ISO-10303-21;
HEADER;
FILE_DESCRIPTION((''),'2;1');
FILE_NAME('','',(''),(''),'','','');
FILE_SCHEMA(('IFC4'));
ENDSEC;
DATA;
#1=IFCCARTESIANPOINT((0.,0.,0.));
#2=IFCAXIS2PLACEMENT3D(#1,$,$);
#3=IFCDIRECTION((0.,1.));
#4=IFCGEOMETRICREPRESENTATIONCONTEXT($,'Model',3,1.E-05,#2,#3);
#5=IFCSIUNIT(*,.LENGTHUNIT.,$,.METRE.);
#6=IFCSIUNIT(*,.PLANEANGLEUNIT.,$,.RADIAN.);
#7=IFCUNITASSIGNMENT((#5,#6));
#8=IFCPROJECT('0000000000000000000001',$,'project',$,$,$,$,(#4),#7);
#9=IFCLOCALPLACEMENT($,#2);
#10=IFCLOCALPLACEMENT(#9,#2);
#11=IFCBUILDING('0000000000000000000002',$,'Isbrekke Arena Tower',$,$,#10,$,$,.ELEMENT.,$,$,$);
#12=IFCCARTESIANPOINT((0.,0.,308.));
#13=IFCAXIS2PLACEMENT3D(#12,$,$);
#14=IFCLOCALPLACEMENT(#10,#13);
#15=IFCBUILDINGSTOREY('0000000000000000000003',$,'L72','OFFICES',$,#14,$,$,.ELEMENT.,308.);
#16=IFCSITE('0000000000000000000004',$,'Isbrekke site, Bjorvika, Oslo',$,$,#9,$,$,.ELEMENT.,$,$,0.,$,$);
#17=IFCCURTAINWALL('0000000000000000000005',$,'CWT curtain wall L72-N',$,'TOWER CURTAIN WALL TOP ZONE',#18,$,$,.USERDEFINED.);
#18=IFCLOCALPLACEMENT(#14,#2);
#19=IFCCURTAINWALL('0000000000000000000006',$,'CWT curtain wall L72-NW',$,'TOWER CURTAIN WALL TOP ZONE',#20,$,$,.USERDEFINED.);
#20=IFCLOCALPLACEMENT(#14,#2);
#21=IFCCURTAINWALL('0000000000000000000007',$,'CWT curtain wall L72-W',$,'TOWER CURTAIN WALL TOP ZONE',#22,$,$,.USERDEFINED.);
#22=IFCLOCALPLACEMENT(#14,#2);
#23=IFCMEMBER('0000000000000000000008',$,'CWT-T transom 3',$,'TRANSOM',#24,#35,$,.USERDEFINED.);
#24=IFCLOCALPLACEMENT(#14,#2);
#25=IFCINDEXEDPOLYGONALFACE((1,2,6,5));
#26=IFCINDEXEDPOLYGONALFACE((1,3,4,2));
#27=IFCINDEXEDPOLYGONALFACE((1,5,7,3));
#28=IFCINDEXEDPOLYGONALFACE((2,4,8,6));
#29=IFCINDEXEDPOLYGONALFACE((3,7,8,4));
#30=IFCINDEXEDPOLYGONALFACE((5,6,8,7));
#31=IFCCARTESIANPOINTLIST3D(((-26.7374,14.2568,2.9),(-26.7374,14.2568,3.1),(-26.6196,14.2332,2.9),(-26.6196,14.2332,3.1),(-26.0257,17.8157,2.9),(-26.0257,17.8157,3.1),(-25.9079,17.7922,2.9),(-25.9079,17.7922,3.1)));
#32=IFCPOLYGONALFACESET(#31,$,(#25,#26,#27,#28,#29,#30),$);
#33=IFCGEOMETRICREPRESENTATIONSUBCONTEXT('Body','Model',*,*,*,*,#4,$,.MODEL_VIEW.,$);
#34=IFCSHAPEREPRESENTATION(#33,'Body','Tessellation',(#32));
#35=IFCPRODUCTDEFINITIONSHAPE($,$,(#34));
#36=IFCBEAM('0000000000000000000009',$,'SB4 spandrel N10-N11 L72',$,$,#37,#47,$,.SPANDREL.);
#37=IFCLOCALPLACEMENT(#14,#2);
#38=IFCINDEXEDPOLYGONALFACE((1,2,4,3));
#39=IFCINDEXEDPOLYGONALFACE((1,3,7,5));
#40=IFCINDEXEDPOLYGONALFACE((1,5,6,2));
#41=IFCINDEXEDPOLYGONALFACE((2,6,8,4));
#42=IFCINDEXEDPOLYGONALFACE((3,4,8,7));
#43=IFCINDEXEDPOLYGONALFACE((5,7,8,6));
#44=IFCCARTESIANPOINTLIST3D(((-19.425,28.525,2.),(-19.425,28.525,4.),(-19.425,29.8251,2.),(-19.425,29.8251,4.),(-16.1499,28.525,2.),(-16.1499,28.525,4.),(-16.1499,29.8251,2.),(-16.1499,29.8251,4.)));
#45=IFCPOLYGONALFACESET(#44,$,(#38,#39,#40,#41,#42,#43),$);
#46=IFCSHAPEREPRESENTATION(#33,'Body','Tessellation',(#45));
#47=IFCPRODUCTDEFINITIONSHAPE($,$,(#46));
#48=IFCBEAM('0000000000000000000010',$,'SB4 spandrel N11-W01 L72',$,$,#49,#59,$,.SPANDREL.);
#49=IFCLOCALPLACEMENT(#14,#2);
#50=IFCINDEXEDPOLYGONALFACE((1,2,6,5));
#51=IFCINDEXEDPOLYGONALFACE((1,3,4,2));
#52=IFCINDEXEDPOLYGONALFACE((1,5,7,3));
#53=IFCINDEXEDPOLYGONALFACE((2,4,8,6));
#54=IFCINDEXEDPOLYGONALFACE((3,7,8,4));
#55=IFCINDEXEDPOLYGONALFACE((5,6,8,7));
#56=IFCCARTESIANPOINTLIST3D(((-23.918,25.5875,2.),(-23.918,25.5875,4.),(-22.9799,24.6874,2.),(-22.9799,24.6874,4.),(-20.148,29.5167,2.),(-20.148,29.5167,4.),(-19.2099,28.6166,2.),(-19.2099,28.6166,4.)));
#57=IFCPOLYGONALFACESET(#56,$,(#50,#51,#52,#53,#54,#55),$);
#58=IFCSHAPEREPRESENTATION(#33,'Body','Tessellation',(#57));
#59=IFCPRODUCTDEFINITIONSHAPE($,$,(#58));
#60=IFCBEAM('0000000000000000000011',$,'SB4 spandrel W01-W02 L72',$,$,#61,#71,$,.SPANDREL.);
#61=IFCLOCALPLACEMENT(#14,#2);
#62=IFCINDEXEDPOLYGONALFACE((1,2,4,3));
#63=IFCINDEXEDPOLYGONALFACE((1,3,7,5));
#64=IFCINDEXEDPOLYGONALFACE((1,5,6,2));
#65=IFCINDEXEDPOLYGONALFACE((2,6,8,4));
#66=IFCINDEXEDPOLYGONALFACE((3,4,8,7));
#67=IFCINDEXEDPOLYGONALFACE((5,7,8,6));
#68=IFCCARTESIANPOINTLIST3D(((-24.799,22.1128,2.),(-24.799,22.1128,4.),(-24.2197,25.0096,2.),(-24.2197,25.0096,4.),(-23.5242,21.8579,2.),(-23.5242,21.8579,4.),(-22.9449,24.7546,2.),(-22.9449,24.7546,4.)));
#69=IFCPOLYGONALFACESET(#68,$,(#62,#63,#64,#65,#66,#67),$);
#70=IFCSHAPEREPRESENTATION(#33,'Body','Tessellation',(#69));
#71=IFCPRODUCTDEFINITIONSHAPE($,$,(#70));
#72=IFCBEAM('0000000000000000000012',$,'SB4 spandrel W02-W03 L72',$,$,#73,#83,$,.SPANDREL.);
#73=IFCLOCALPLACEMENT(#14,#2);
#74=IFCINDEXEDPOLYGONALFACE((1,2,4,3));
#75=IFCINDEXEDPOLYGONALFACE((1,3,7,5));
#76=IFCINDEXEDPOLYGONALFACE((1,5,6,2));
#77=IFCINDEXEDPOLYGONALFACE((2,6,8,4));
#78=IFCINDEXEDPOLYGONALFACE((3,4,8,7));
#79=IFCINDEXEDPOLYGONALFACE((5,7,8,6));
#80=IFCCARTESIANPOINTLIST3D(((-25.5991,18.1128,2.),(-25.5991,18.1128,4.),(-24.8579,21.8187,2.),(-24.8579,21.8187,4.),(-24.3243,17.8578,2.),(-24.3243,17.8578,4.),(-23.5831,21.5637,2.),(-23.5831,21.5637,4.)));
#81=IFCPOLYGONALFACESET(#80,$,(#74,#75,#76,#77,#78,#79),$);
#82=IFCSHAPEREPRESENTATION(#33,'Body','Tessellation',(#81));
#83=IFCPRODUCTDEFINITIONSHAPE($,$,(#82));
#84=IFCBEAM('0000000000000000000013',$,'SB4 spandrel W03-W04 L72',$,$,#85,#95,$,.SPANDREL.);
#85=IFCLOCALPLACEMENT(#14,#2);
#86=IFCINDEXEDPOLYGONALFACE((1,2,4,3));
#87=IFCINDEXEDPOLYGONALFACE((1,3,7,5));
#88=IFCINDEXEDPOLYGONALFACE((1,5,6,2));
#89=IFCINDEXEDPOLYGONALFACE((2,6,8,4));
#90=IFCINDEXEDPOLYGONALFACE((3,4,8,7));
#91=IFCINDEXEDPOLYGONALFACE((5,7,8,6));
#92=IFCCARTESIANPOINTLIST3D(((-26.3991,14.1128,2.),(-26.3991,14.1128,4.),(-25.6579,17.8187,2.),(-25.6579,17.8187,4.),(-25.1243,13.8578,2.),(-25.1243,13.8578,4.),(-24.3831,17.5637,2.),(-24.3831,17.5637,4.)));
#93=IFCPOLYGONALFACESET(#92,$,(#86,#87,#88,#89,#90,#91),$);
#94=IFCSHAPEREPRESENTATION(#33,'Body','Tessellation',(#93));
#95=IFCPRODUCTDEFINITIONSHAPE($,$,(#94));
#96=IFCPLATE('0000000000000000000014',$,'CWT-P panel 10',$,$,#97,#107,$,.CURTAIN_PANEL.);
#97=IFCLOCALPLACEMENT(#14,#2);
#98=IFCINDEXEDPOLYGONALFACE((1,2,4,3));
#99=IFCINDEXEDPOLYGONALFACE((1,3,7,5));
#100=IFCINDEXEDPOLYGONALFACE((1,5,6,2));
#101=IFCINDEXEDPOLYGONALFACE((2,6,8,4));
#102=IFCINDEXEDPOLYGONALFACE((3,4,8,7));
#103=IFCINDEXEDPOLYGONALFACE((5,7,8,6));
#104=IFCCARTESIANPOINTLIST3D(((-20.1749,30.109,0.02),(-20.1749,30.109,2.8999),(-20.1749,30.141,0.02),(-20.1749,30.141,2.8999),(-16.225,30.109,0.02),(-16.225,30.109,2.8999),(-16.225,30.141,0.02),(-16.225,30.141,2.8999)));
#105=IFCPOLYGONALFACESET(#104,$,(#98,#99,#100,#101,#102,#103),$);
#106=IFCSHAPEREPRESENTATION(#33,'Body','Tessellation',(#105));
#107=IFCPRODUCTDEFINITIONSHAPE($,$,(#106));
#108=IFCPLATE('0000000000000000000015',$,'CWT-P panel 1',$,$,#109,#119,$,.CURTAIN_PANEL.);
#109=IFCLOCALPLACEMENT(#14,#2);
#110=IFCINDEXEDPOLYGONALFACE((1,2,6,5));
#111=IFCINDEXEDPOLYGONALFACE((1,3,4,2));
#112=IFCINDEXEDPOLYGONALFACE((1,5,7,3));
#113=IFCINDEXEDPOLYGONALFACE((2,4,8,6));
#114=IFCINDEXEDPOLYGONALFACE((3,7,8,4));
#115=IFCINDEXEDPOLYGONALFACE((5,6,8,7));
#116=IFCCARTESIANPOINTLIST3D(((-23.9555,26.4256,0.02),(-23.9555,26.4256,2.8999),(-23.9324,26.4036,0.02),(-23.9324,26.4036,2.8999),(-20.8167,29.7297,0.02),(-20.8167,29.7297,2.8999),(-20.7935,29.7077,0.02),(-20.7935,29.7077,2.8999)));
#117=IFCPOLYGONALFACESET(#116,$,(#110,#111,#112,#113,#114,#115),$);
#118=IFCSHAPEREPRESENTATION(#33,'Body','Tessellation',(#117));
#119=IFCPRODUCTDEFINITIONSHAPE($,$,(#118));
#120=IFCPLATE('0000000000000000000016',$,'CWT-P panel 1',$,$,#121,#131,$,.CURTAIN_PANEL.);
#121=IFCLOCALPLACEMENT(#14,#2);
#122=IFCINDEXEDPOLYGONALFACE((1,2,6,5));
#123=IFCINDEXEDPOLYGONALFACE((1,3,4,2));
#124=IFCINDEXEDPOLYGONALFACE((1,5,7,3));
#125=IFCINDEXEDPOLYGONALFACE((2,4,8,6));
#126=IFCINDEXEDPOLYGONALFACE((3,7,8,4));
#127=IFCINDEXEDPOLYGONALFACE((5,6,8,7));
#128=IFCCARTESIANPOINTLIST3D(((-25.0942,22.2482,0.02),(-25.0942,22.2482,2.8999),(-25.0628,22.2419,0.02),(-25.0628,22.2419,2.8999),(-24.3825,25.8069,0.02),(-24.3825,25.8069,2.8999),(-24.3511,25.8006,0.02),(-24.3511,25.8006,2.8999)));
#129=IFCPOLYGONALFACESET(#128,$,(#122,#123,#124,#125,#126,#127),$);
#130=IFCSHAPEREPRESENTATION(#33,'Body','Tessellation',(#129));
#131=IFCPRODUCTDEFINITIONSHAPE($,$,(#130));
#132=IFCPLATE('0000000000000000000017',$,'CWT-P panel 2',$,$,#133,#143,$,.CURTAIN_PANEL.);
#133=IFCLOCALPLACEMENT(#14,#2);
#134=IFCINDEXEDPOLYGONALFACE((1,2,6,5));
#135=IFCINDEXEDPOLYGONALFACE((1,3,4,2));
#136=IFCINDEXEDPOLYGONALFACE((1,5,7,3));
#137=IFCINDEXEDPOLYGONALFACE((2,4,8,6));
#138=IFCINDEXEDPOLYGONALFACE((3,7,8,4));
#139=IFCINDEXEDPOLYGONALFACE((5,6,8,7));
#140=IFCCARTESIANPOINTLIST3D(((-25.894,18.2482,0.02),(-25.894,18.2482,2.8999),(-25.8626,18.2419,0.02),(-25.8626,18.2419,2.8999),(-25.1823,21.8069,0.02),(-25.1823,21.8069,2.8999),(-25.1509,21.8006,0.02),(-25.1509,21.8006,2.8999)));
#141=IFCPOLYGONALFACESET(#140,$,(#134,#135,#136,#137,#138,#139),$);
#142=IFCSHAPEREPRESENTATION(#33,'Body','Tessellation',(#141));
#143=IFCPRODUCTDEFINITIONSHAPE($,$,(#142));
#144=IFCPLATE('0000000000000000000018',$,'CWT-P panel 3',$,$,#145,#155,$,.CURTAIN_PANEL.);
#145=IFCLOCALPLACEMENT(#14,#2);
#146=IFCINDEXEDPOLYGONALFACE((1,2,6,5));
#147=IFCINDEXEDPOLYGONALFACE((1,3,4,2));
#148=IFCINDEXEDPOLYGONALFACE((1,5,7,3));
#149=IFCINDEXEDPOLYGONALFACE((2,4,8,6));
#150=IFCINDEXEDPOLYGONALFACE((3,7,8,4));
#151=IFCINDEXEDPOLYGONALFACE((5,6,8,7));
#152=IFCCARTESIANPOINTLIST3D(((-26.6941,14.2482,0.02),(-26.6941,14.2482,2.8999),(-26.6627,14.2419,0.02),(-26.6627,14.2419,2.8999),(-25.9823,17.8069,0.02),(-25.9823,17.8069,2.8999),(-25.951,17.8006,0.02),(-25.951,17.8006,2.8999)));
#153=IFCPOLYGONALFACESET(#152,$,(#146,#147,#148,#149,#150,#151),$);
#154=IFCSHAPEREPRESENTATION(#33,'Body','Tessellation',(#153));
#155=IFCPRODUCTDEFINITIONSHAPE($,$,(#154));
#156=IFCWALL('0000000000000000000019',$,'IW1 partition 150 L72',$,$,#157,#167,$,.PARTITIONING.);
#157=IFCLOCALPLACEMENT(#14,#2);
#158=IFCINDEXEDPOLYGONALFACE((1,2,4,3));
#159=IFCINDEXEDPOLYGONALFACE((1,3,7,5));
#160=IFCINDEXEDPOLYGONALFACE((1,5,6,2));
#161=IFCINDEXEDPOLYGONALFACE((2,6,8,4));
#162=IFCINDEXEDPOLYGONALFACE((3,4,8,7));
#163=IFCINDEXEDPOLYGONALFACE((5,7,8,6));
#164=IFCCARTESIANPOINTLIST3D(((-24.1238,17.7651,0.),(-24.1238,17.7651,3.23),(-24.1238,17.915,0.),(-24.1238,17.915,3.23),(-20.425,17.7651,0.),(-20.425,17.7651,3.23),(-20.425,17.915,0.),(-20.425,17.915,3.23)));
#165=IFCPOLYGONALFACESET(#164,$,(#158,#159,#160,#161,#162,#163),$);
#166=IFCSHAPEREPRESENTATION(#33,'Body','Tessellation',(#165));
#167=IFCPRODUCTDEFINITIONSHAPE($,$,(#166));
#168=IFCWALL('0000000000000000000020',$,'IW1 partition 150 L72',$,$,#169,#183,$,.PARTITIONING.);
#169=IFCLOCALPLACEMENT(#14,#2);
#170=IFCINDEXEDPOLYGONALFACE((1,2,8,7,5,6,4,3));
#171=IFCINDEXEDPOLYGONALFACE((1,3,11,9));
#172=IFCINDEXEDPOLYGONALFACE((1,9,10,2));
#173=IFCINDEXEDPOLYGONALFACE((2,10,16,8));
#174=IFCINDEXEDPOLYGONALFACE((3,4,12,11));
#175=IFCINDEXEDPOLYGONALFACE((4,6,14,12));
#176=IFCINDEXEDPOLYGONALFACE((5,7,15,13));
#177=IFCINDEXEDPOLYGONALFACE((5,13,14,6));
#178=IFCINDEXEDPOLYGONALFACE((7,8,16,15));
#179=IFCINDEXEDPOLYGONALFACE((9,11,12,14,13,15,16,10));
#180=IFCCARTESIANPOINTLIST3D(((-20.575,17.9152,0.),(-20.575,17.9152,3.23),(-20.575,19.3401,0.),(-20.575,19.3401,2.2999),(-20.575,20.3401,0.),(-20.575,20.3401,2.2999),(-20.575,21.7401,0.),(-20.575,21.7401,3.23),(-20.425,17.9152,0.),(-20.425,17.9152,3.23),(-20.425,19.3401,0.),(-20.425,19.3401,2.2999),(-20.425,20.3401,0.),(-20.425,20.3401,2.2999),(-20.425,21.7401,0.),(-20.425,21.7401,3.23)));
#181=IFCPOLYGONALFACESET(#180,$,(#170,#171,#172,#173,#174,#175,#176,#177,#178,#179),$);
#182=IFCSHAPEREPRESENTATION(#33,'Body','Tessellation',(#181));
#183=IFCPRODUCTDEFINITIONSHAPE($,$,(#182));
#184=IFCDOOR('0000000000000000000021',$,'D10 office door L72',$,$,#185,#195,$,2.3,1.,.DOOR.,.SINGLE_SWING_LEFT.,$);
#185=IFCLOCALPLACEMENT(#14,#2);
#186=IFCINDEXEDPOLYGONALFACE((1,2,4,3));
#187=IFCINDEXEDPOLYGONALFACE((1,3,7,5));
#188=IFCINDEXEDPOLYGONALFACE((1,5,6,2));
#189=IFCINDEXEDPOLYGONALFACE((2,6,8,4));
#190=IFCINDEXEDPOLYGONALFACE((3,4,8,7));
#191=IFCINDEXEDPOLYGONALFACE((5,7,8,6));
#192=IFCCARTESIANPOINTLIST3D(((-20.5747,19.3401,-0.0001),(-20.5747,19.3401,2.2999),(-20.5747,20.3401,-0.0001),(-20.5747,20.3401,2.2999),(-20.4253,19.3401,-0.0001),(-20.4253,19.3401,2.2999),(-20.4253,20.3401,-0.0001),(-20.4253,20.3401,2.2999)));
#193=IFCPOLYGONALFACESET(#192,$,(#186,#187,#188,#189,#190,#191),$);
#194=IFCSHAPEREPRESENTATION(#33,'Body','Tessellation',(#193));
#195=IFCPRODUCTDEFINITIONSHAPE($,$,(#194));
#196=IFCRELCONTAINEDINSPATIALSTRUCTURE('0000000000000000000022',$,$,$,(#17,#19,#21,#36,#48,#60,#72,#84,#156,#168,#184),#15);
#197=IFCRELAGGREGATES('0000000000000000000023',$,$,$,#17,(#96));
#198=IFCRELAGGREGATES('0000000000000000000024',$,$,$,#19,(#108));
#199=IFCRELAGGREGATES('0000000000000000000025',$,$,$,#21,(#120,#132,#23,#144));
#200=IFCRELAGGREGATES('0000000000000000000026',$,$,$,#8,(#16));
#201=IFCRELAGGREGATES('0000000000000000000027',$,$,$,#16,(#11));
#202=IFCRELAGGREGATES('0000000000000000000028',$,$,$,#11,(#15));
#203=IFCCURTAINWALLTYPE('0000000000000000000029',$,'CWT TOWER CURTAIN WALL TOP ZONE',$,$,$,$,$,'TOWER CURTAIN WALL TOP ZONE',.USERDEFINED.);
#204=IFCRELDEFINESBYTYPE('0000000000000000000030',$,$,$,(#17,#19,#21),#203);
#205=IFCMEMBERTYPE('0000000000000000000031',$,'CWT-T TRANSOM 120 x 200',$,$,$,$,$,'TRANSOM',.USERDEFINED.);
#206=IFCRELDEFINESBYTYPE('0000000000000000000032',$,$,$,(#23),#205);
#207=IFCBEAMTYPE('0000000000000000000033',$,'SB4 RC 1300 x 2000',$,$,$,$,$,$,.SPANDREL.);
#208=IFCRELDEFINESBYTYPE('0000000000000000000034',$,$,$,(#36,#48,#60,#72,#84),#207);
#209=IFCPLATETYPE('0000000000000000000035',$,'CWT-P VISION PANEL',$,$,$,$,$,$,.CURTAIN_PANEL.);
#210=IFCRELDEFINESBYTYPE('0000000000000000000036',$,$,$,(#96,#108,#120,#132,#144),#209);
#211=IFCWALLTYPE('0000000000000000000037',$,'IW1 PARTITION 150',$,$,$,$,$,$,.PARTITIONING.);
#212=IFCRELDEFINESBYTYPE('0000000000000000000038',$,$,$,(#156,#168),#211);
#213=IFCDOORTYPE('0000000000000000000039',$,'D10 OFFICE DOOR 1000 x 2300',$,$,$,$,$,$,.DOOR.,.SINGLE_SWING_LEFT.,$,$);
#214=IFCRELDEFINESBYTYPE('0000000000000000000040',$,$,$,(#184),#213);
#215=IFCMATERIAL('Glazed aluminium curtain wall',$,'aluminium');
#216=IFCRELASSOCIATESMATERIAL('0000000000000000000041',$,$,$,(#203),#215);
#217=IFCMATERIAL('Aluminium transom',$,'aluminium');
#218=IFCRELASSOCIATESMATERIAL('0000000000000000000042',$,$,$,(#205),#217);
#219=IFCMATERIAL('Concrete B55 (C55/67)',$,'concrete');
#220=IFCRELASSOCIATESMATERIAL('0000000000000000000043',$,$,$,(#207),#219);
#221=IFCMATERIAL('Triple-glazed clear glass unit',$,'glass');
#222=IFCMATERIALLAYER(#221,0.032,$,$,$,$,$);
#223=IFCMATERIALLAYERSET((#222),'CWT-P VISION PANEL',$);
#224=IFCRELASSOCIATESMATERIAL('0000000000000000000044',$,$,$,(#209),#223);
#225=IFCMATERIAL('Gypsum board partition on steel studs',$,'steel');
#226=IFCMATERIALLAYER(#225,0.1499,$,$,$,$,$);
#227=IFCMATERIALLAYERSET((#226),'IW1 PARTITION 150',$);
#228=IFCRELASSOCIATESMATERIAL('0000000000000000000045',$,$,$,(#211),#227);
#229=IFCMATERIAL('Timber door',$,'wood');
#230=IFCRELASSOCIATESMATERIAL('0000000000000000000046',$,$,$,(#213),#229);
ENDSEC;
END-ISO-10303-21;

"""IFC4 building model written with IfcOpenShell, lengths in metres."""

from ifc_helpers import new_model, si_unit, direction, frame, frame_2d, origin, origin_2d, place, context, subcontext, project, spatial, rectangle, extrude, material, layer, layer_set, material_profile, profile_set, type_object, element, fill, aggregate, save


model = new_model("IFC4")

# Units and contexts
model_context = context("Model", 3, precision=1e-05, world=origin(), true_north=direction((0.0, 1.0)))
body_context = subcontext(model_context, "Body", "Model", "MODEL_VIEW")
ifc_project = project(units=[si_unit("LENGTHUNIT", "METRE"), si_unit("PLANEANGLEUNIT", "RADIAN")], contexts=[model_context])

# Site, building, storey
site_placement = place(None, origin())
site = spatial("IfcSite", under=ifc_project, at=site_placement, Name="Isbrekke site, Bjorvika, Oslo", CompositionType="ELEMENT", RefElevation=0.0)
building_placement = place(site_placement, origin())
building = spatial("IfcBuilding", under=site, at=building_placement, Name="Isbrekke Arena Tower", CompositionType="ELEMENT")
storey_placement = place(building_placement, frame((0.0, 0.0, 308.0)))
storey = spatial("IfcBuildingStorey", under=building, at=storey_placement, Name="L72", Description="OFFICES", CompositionType="ELEMENT", Elevation=308.0)

# Curtain wall
ifc_material_1 = material(Name="Glazed aluminium curtain wall", Category="aluminium")
curtain_wall_type = type_object("IfcCurtainWallType", Name="CWT TOWER CURTAIN WALL TOP ZONE", ElementType="TOWER CURTAIN WALL TOP ZONE", PredefinedType="USERDEFINED", material=ifc_material_1)
curtain_wall_1_placement = place(storey_placement, origin())
curtain_wall_1 = element("IfcCurtainWall", 1, at=curtain_wall_1_placement, inside=storey, type_object=curtain_wall_type, Name="CWT curtain wall L72-N", ObjectType="TOWER CURTAIN WALL TOP ZONE", PredefinedType="USERDEFINED")

# Curtain walls
curtain_wall_2_placement = place(storey_placement, origin())
curtain_wall_2 = element("IfcCurtainWall", 2, at=curtain_wall_2_placement, inside=storey, type_object=curtain_wall_type, Name="CWT curtain wall L72-NW", ObjectType="TOWER CURTAIN WALL TOP ZONE", PredefinedType="USERDEFINED")
curtain_wall_3_placement = place(storey_placement, origin())
curtain_wall_3 = element("IfcCurtainWall", 3, at=curtain_wall_3_placement, inside=storey, type_object=curtain_wall_type, Name="CWT curtain wall L72-W", ObjectType="TOWER CURTAIN WALL TOP ZONE", PredefinedType="USERDEFINED")

# Member
ifc_material_2 = material(Name="Aluminium transom", Category="aluminium")
ifc_material_profile_1 = material_profile(ifc_material_2, rectangle(XDim=0.1201, YDim=0.2, at=origin_2d()), Name="TRANSOM 120X200")
ifc_profile_set_1 = profile_set([ifc_material_profile_1], Name="Aluminium transom")
member_type_1 = type_object("IfcMemberType", Name="CWT-T TRANSOM 120 x 200", ElementType="TRANSOM", PredefinedType="USERDEFINED", material=ifc_profile_set_1)
member_1_placement = place(storey_placement, frame((-25.9668, 17.804, 3.0), z_axis=(-0.19609, -0.980586, 0.0), x_axis=(0.980586, -0.19609, 0.0)))
member_1 = element("IfcMember", 4, at=member_1_placement, type_object=member_type_1, Name="CWT-T transom 3", ObjectType="TRANSOM", PredefinedType="USERDEFINED", context=body_context, shape_type="SweptSolid", body=[
    extrude(rectangle(XDim=0.1201, YDim=0.2, at=origin_2d()), origin(), (0.0, 0.0, 1.0), 3.6294),
])

# Beams
ifc_material_3 = material(Name="Concrete B55 (C55/67)", Category="concrete")
ifc_material_profile_2 = material_profile(ifc_material_3, rectangle(XDim=1.3, YDim=2.0, at=origin_2d()), Name="RC 1300x2000")
ifc_profile_set_2 = profile_set([ifc_material_profile_2], Name="Concrete B55 (C55/67)")
beam_type_1 = type_object("IfcBeamType", Name="SB4 RC 1300 x 2000", PredefinedType="SPANDREL", material=ifc_profile_set_2)
beam_1_placement = place(storey_placement, frame((-16.1499, 29.175, 3.0), z_axis=(-1.0, 0.0, 0.0), x_axis=(0.0, -1.0, 0.0)))
element("IfcBeam", 5, at=beam_1_placement, inside=storey, type_object=beam_type_1, Name="SB4 spandrel N10-N11 L72", PredefinedType="SPANDREL", context=body_context, shape_type="SweptSolid", body=[
    extrude(rectangle(XDim=1.3, YDim=2.0, at=origin_2d()), origin(), (0.0, 0.0, 1.0), 3.2751),
])
beam_2_placement = place(storey_placement, frame((-19.679, 29.0667, 3.0), z_axis=(-0.69234, -0.721572, 0.0), x_axis=(0.721572, -0.69234, 0.0)))
element("IfcBeam", 6, at=beam_2_placement, inside=storey, type_object=beam_type_1, Name="SB4 spandrel N11-W01 L72", PredefinedType="SPANDREL", context=body_context, shape_type="SweptSolid", body=[
    extrude(rectangle(XDim=1.3, YDim=2.0, at=origin_2d()), origin(), (0.0, 0.0, 1.0), 5.4453),
])
beam_3_placement = place(storey_placement, frame((-23.5823, 24.8821, 3.0), z_axis=(-0.196116, -0.980581, 0.0), x_axis=(0.980581, -0.196116, 0.0)))
element("IfcBeam", 7, at=beam_3_placement, inside=storey, type_object=beam_type_1, Name="SB4 spandrel W01-W02 L72", PredefinedType="SPANDREL", context=body_context, shape_type="SweptSolid", body=[
    extrude(rectangle(XDim=1.3, YDim=2.0, at=origin_2d()), origin(), (0.0, 0.0, 1.0), 2.9541),
])
for number, where, z_axis, x_axis, name in (
    (8, (-24.2205, 21.6912, 3.0), (-0.196129, -0.980578, 0.0), (0.980578, -0.196129, 0.0), "SB4 spandrel W02-W03 L72"),
    (9, (-25.0205, 17.6912, 3.0), (-0.196129, -0.980578, 0.0), (0.980578, -0.196129, 0.0), "SB4 spandrel W03-W04 L72"),
):
    element("IfcBeam", number, at=place(storey_placement, frame(where, z_axis=z_axis, x_axis=x_axis)), inside=storey, type_object=beam_type_1, Name=name, PredefinedType="SPANDREL", context=body_context, shape_type="SweptSolid", body=[
        extrude(rectangle(XDim=1.3, YDim=2.0, at=origin_2d()), origin(), (0.0, 0.0, 1.0), 3.7793),
    ])

# Plates
ifc_material_4 = material(Name="Triple-glazed clear glass unit", Category="glass")
ifc_layer_1 = layer(ifc_material_4, 0.032)
ifc_layer_set_1 = layer_set([ifc_layer_1], Name="CWT-P VISION PANEL")
plate_type = type_object("IfcPlateType", Name="CWT-P VISION PANEL", PredefinedType="CURTAIN_PANEL", material=ifc_layer_set_1)
plate_1_placement = place(storey_placement, frame((-18.2, 30.125, 0.02), z_axis=(0.0, 0.0, 1.0), x_axis=(-1.0, 0.0, 0.0)))
plate_1 = element("IfcPlate", 10, at=plate_1_placement, type_object=plate_type, Name="CWT-P panel 10", PredefinedType="CURTAIN_PANEL", context=body_context, shape_type="SweptSolid", body=[
    extrude(rectangle(XDim=3.95, YDim=0.032, at=origin_2d()), origin(), (0.0, 0.0, 1.0), 2.8799),
])
aggregate(curtain_wall_1, [plate_1])
plate_2_placement = place(storey_placement, frame((-22.3745, 28.0667, 0.02), z_axis=(0.0, 0.0, 1.0), x_axis=(-0.688749, -0.724999, 0.0)))
plate_2 = element("IfcPlate", 11, at=plate_2_placement, type_object=plate_type, Name="CWT-P panel 1", PredefinedType="CURTAIN_PANEL", context=body_context, shape_type="SweptSolid", body=[
    extrude(rectangle(XDim=4.5574, YDim=0.032, at=origin_2d()), origin(), (0.0, 0.0, 1.0), 2.8799),
])
aggregate(curtain_wall_2, [plate_2])
plate_3_placement = place(storey_placement, frame((-24.7227, 24.0244, 0.02), z_axis=(0.0, 0.0, 1.0), x_axis=(-0.196116, -0.980581, 0.0)))
plate_3 = element("IfcPlate", 12, at=plate_3_placement, type_object=plate_type, Name="CWT-P panel 1", PredefinedType="CURTAIN_PANEL", context=body_context, shape_type="SweptSolid", body=[
    extrude(rectangle(XDim=3.6292, YDim=0.032, at=origin_2d()), origin(), (0.0, 0.0, 1.0), 2.8799),
])
plate_4_placement = place(storey_placement, frame((-25.5225, 20.0244, 0.02), z_axis=(0.0, 0.0, 1.0), x_axis=(-0.196116, -0.980581, 0.0)))
plate_4 = element("IfcPlate", 13, at=plate_4_placement, type_object=plate_type, Name="CWT-P panel 2", PredefinedType="CURTAIN_PANEL", context=body_context, shape_type="SweptSolid", body=[
    extrude(rectangle(XDim=3.6292, YDim=0.032, at=origin_2d()), origin(), (0.0, 0.0, 1.0), 2.8799),
])
plate_5_placement = place(storey_placement, frame((-26.3225, 16.0244, 0.02), z_axis=(0.0, 0.0, 1.0), x_axis=(-0.196116, -0.980581, 0.0)))
plate_5 = element("IfcPlate", 14, at=plate_5_placement, type_object=plate_type, Name="CWT-P panel 3", PredefinedType="CURTAIN_PANEL", context=body_context, shape_type="SweptSolid", body=[
    extrude(rectangle(XDim=3.6292, YDim=0.032, at=origin_2d()), origin(), (0.0, 0.0, 1.0), 2.8799),
])
aggregate(curtain_wall_3, [plate_3, plate_4, member_1, plate_5])

# Wall
ifc_material_5 = material(Name="Gypsum board partition on steel studs", Category="steel")
ifc_layer_2 = layer(ifc_material_5, 0.1499)
ifc_layer_set_2 = layer_set([ifc_layer_2], Name="IW1 PARTITION 150")
wall_type_1 = type_object("IfcWallType", Name="IW1 PARTITION 150", PredefinedType="PARTITIONING", material=ifc_layer_set_2)
wall_1_placement = place(storey_placement, frame((-24.1238, 17.8401, 0.0), z_axis=(0.0, 0.0, 1.0), x_axis=(1.0, 0.0, 0.0)))
element("IfcWall", 15, at=wall_1_placement, inside=storey, type_object=wall_type_1, Name="IW1 partition 150 L72", PredefinedType="PARTITIONING", context=body_context, shape_type="SweptSolid", body=[
    extrude(rectangle(XDim=3.6987, YDim=0.1499, at=frame_2d((1.8494, 0.0))), origin(), (0.0, 0.0, 1.0), 3.23),
])

# Wall, opening, door
wall_2_placement = place(storey_placement, frame((-20.5, 17.915, 0.0), z_axis=(0.0, 0.0, 1.0), x_axis=(0.0, 1.0, 0.0)))
wall_2 = element("IfcWall", 16, at=wall_2_placement, inside=storey, type_object=wall_type_1, Name="IW1 partition 150 L72", PredefinedType="PARTITIONING", context=body_context, shape_type="SweptSolid", body=[
    extrude(rectangle(XDim=3.825, YDim=0.1499, at=frame_2d((1.9126, 0.0))), origin(), (0.0, 0.0, 1.0), 3.23),
])
opening_1_placement = place(wall_2_placement, frame((1.425, 0.0, 0.0)))
opening_1 = element("IfcOpeningElement", 17, at=opening_1_placement, cuts=wall_2, PredefinedType="OPENING", context=body_context, shape_type="SweptSolid", body=[
    extrude(rectangle(XDim=1.0, YDim=2.3, at=frame_2d((0.5, 1.1499))), frame((0.0, 0.0898, 0.0), z_axis=(0.0, -1.0, 0.0), x_axis=(1.0, 0.0, 0.0)), (0.0, 0.0, 1.0), 0.1797),
])
ifc_material_6 = material(Name="Timber door", Category="wood")
door_type_1 = type_object("IfcDoorType", Name="D10 OFFICE DOOR 1000 x 2300", OperationType="SINGLE_SWING_LEFT", PredefinedType="DOOR", material=ifc_material_6)
door_1_placement = place(opening_1_placement, origin())
door_1 = element("IfcDoor", 18, at=door_1_placement, inside=storey, type_object=door_type_1, Name="D10 office door L72", OperationType="SINGLE_SWING_LEFT", OverallHeight=2.3, OverallWidth=1.0, PredefinedType="DOOR", context=body_context, shape_type="SweptSolid", body=[
    extrude(rectangle(XDim=1.0, YDim=2.3, at=frame_2d((0.5, 1.1499))), frame((0.0, 0.0747, 0.0), z_axis=(0.0, -1.0, 0.0), x_axis=(1.0, 0.0, 0.0)), (0.0, 0.0, 1.0), 0.1494),
])
fill(opening_1, door_1)

save(model, "model.ifc")
